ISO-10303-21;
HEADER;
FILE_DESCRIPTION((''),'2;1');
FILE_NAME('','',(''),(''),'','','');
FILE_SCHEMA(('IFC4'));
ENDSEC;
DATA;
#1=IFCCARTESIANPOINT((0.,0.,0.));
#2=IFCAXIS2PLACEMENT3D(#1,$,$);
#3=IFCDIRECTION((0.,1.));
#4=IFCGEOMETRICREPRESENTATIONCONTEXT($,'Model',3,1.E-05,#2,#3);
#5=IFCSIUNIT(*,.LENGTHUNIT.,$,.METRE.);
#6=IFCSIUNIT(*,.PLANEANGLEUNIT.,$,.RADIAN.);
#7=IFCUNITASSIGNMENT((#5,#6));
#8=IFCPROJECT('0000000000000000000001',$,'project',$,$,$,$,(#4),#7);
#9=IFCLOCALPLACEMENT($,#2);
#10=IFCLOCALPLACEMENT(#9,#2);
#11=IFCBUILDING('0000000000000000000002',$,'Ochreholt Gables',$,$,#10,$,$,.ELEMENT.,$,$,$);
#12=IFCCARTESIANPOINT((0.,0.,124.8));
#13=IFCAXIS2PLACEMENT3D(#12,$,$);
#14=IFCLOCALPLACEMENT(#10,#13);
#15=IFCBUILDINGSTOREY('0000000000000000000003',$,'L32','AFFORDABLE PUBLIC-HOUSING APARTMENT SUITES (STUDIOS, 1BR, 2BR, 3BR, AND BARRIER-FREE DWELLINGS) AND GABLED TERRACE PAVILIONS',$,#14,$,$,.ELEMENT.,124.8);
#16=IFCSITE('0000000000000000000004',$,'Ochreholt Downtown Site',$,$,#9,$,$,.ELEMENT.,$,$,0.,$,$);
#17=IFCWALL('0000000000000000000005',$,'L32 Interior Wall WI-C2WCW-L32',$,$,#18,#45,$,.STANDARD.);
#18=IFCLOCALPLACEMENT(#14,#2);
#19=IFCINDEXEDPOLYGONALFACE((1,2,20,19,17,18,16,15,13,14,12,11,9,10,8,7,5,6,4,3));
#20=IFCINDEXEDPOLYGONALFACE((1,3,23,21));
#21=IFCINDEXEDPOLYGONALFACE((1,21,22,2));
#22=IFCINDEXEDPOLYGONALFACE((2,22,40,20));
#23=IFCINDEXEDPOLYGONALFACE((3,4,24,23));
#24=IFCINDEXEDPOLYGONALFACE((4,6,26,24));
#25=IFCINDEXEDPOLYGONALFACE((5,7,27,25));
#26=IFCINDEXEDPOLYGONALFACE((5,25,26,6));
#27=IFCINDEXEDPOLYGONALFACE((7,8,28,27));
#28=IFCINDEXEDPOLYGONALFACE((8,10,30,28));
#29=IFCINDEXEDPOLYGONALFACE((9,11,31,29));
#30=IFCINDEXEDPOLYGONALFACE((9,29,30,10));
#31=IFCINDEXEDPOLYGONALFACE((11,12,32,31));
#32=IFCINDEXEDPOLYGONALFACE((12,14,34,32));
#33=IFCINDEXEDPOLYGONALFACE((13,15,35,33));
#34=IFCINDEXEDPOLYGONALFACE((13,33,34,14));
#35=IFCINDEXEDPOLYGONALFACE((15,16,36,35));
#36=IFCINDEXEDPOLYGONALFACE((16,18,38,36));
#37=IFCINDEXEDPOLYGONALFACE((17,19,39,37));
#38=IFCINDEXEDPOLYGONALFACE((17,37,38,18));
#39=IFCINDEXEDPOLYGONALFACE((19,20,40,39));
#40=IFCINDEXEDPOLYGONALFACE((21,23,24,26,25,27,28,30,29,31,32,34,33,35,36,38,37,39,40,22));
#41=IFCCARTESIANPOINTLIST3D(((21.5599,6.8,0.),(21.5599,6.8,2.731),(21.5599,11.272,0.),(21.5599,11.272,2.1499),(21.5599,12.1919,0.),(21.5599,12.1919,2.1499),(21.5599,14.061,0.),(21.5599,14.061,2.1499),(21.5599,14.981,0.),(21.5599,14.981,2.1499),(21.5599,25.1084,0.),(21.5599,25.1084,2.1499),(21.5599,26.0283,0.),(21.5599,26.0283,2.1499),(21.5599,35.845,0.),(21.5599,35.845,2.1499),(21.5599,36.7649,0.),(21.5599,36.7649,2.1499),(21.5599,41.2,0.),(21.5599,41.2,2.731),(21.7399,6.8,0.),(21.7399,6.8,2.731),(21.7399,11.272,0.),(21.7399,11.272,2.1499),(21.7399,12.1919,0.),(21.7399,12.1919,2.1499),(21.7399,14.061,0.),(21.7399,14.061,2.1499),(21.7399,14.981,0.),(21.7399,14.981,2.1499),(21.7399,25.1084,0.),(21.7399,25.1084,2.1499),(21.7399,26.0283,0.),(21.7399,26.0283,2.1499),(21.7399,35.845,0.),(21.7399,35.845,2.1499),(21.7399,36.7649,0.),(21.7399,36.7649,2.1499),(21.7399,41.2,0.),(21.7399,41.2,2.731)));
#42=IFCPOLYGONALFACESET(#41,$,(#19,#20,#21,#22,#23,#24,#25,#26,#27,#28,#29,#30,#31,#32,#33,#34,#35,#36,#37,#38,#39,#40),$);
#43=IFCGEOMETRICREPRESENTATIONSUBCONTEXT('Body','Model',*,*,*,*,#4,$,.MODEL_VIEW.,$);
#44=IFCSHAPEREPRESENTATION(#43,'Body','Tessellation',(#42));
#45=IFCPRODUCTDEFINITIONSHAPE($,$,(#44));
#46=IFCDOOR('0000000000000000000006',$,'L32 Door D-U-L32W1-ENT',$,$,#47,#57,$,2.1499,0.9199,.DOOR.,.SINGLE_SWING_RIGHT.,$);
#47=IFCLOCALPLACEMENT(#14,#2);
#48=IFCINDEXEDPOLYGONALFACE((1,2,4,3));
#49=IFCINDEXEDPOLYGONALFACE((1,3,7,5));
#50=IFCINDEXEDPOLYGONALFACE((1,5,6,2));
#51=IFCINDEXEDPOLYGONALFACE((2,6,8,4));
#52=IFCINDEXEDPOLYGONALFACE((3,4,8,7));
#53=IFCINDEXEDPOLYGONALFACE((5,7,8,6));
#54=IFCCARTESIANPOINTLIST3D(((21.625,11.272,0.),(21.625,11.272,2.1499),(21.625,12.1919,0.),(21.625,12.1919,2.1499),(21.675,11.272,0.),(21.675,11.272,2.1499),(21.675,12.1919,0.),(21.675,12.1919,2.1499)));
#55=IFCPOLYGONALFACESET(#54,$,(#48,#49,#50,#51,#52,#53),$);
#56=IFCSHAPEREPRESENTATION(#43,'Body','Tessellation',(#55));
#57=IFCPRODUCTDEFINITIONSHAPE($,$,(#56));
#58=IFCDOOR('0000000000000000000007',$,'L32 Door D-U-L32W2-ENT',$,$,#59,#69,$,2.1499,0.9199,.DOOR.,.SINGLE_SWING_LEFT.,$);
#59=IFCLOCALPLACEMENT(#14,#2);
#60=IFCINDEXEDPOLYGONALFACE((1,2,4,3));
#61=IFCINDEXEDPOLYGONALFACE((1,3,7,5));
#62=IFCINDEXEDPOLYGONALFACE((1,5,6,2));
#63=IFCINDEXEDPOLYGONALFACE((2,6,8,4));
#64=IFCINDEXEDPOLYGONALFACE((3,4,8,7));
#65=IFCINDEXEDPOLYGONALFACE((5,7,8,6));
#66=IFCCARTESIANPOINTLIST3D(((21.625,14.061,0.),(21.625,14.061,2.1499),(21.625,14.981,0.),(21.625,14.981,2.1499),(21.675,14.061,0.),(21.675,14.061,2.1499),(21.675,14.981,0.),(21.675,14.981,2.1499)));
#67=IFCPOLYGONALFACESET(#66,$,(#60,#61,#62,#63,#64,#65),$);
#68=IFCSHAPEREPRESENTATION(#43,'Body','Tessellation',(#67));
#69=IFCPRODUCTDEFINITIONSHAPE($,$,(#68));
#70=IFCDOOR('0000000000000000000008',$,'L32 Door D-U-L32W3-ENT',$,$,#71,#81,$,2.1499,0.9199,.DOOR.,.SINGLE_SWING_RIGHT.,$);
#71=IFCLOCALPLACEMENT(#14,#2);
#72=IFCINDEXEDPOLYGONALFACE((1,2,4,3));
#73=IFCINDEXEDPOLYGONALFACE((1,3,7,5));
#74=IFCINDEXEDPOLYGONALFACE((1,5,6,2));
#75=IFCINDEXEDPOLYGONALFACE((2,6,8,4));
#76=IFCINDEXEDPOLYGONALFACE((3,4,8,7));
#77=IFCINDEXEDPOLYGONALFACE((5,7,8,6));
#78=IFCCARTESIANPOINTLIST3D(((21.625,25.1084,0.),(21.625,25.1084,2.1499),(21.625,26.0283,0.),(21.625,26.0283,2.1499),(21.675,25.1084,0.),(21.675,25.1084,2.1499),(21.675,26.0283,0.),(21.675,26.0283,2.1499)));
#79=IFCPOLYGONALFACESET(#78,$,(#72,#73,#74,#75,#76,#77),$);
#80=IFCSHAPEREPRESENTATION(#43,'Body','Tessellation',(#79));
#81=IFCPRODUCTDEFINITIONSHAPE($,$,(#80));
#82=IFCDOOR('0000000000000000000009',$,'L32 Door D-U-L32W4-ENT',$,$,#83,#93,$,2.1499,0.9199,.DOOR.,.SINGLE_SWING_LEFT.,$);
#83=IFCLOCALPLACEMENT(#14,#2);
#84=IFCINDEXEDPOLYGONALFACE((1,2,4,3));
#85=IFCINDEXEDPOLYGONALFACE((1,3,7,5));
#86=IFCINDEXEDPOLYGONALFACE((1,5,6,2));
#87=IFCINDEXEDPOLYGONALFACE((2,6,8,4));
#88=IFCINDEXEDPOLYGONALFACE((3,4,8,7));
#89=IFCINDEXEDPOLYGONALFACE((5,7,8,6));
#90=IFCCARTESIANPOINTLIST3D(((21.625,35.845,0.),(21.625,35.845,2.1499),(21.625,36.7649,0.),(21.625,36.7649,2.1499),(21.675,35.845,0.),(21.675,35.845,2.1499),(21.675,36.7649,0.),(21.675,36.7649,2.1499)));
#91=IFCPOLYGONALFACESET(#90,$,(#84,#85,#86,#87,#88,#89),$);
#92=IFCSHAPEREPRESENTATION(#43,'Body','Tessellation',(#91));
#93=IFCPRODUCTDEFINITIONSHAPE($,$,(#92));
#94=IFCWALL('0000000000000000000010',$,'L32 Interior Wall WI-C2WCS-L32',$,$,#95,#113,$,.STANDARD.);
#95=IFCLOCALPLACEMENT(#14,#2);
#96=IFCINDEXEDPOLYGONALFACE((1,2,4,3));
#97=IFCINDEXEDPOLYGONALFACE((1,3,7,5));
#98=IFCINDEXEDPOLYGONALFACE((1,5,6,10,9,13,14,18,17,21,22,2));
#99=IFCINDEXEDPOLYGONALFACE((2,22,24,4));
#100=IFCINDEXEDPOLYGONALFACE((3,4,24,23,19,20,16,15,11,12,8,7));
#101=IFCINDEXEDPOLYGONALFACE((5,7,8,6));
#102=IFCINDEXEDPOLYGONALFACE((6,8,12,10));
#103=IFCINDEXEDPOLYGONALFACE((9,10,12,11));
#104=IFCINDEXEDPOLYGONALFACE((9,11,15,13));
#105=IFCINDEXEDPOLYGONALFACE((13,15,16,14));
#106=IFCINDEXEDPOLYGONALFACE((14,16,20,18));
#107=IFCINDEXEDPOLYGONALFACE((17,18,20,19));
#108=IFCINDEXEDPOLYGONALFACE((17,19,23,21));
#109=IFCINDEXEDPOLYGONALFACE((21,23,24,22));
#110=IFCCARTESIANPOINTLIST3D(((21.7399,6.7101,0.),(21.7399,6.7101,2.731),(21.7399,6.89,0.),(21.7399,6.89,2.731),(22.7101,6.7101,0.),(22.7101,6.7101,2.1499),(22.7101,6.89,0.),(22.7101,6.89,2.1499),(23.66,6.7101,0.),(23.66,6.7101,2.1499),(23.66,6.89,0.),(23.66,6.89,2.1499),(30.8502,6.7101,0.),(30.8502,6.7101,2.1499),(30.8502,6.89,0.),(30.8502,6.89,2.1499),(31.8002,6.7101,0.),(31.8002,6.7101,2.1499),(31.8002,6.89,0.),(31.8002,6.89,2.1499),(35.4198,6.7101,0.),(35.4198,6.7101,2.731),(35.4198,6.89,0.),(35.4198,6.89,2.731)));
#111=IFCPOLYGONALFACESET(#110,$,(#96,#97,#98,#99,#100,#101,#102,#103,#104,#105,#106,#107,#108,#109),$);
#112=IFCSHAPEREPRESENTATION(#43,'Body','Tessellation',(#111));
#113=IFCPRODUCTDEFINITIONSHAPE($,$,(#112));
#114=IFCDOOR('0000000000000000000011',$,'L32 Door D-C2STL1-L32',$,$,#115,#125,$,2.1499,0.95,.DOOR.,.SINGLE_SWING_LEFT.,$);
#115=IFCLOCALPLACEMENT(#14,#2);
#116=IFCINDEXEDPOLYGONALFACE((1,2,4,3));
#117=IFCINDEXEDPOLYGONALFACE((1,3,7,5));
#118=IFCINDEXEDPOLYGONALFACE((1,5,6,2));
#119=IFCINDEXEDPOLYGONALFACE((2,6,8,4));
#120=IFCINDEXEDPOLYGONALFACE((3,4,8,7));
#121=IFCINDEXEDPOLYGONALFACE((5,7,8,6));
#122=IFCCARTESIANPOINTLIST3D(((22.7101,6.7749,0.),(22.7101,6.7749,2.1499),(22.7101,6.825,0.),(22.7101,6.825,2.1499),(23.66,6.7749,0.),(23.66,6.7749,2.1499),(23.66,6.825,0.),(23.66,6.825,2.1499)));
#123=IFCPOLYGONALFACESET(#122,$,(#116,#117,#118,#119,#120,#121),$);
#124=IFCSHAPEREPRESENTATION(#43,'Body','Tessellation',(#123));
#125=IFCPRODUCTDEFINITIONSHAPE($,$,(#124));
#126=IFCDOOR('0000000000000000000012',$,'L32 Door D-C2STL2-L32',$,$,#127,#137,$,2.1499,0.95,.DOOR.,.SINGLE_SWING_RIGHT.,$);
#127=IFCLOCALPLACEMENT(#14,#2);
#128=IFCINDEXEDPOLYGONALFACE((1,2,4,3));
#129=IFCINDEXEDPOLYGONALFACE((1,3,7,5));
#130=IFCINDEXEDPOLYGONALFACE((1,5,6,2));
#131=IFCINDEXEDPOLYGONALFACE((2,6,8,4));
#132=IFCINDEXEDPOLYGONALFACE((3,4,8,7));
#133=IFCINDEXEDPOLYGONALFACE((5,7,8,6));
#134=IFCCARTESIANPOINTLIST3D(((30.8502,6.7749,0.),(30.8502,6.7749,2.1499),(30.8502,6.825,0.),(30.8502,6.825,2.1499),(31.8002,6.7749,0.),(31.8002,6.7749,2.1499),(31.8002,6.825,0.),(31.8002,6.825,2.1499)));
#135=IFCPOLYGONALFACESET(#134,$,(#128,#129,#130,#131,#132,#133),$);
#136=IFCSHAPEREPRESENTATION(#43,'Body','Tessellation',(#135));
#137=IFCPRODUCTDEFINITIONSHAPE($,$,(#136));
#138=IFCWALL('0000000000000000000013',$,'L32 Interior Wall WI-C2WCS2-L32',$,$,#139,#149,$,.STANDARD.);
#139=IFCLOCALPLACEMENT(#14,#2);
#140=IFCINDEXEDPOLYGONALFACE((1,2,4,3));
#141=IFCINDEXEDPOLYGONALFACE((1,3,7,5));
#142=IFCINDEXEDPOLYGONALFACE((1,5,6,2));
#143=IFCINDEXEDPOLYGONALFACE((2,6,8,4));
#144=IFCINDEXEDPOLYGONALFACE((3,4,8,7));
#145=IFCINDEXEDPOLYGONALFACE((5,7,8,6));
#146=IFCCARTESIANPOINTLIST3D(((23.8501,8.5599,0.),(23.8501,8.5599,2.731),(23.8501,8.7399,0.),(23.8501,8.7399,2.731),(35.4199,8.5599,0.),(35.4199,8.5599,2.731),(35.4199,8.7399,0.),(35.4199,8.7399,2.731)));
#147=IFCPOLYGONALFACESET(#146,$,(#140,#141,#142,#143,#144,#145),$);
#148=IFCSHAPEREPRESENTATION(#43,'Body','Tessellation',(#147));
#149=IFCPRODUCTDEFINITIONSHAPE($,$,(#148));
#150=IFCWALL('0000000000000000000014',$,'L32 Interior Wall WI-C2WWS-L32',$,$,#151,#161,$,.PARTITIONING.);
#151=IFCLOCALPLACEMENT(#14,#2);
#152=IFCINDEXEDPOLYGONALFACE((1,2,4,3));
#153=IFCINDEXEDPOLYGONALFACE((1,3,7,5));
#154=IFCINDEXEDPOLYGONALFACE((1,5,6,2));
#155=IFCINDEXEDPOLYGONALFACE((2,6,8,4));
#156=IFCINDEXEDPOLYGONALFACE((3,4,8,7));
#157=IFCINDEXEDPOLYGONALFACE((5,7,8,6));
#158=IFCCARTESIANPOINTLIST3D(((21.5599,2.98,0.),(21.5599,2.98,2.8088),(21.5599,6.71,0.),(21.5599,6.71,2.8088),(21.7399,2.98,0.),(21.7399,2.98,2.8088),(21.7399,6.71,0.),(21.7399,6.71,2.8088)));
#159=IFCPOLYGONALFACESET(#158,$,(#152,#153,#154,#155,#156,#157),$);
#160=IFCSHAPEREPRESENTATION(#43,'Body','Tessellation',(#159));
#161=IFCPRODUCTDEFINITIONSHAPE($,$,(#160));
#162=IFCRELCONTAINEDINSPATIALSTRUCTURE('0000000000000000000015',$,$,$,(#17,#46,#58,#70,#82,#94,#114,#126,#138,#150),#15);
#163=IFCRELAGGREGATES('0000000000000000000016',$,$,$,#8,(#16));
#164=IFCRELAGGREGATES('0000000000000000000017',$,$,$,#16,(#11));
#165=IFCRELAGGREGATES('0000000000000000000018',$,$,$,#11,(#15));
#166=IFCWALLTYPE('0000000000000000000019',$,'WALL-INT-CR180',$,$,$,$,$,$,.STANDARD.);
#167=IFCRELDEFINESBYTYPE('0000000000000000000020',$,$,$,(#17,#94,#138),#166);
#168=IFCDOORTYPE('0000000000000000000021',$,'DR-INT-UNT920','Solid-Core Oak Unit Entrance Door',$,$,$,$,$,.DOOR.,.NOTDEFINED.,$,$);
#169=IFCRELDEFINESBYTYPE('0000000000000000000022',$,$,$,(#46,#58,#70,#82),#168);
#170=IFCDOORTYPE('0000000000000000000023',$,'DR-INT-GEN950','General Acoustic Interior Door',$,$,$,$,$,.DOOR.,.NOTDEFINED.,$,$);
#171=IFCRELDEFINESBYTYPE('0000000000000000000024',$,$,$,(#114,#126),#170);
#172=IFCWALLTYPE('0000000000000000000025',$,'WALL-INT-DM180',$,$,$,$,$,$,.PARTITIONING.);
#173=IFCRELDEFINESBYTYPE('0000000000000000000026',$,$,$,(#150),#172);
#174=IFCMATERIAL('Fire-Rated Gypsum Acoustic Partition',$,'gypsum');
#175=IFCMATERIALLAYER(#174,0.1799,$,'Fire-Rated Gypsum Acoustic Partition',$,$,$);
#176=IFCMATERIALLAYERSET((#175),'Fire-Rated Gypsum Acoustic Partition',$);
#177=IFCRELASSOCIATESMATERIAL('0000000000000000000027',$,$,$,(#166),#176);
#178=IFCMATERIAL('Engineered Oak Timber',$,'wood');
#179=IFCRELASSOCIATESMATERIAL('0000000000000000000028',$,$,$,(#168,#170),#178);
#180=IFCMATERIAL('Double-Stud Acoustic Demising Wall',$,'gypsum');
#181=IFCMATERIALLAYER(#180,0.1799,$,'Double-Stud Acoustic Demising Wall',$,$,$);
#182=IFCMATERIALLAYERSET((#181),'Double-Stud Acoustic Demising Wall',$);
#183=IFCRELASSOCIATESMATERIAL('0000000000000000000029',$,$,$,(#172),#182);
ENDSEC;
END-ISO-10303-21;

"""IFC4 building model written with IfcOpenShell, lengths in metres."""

from ifc_helpers import new_model, si_unit, direction, frame, frame_2d, origin, place, context, subcontext, project, spatial, rectangle, extrude, material, layer, layer_set, type_object, element, fill, save


model = new_model("IFC4")

# Units and contexts
model_context = context("Model", 3, precision=1e-05, world=origin(), true_north=direction((0.0, 1.0)))
body_context = subcontext(model_context, "Body", "Model", "MODEL_VIEW")
ifc_project = project(units=[si_unit("LENGTHUNIT", "METRE"), si_unit("PLANEANGLEUNIT", "RADIAN")], contexts=[model_context])

# Site, building, storey
site_placement = place(None, origin())
site = spatial("IfcSite", under=ifc_project, at=site_placement, Name="Ochreholt Downtown Site", CompositionType="ELEMENT", RefElevation=0.0)
building_placement = place(site_placement, origin())
building = spatial("IfcBuilding", under=site, at=building_placement, Name="Ochreholt Gables", CompositionType="ELEMENT")
storey_placement = place(building_placement, frame((0.0, 0.0, 124.8)))
storey = spatial("IfcBuildingStorey", under=building, at=storey_placement, Name="L32", Description="AFFORDABLE PUBLIC-HOUSING APARTMENT SUITES (STUDIOS, 1BR, 2BR, 3BR, AND BARRIER-FREE DWELLINGS) AND GABLED TERRACE PAVILIONS", CompositionType="ELEMENT", Elevation=124.8)

# Walls, openings, doors
ifc_material_1 = material(Name="Fire-Rated Gypsum Acoustic Partition", Category="gypsum")
ifc_layer_1 = layer(ifc_material_1, 0.1799, Name="Fire-Rated Gypsum Acoustic Partition")
ifc_layer_set_1 = layer_set([ifc_layer_1], Name="Fire-Rated Gypsum Acoustic Partition")
wall_type_1 = type_object("IfcWallType", Name="WALL-INT-CR180", PredefinedType="STANDARD", material=ifc_layer_set_1)
wall_1_placement = place(storey_placement, frame((21.6499, 6.8, 0.0), z_axis=(0.0, 0.0, 1.0), x_axis=(0.0, 1.0, 0.0)))
wall_1 = element("IfcWall", 1, at=wall_1_placement, inside=storey, type_object=wall_type_1, Name="L32 Interior Wall WI-C2WCW-L32", PredefinedType="STANDARD", context=body_context, shape_type="SweptSolid", body=[
    extrude(rectangle(XDim=34.3999, YDim=0.1799, at=frame_2d((17.2, 0.0))), origin(), (0.0, 0.0, 1.0), 2.731),
])
opening_1_placement = place(wall_1_placement, frame((4.4719, 0.0, 0.0)))
opening_1 = element("IfcOpeningElement", 2, at=opening_1_placement, cuts=wall_1, PredefinedType="OPENING", context=body_context, shape_type="SweptSolid", body=[
    extrude(rectangle(XDim=0.9199, YDim=2.1499, at=frame_2d((0.46, 1.075))), frame((0.0, 0.0999, 0.0), z_axis=(0.0, -1.0, 0.0), x_axis=(1.0, 0.0, 0.0)), (0.0, 0.0, 1.0), 0.2),
])
opening_2_placement = place(wall_1_placement, frame((7.261, 0.0, 0.0)))
opening_2 = element("IfcOpeningElement", 3, at=opening_2_placement, cuts=wall_1, PredefinedType="OPENING", context=body_context, shape_type="SweptSolid", body=[
    extrude(rectangle(XDim=0.9199, YDim=2.1499, at=frame_2d((0.46, 1.075))), frame((0.0, 0.0999, 0.0), z_axis=(0.0, -1.0, 0.0), x_axis=(1.0, 0.0, 0.0)), (0.0, 0.0, 1.0), 0.2),
])
opening_3_placement = place(wall_1_placement, frame((18.3083, 0.0, 0.0)))
opening_3 = element("IfcOpeningElement", 4, at=opening_3_placement, cuts=wall_1, PredefinedType="OPENING", context=body_context, shape_type="SweptSolid", body=[
    extrude(rectangle(XDim=0.9199, YDim=2.1499, at=frame_2d((0.46, 1.075))), frame((0.0, 0.0999, 0.0), z_axis=(0.0, -1.0, 0.0), x_axis=(1.0, 0.0, 0.0)), (0.0, 0.0, 1.0), 0.2),
])
opening_4_placement = place(wall_1_placement, frame((29.0449, 0.0, 0.0)))
opening_4 = element("IfcOpeningElement", 5, at=opening_4_placement, cuts=wall_1, PredefinedType="OPENING", context=body_context, shape_type="SweptSolid", body=[
    extrude(rectangle(XDim=0.9199, YDim=2.1499, at=frame_2d((0.46, 1.075))), frame((0.0, 0.0999, 0.0), z_axis=(0.0, -1.0, 0.0), x_axis=(1.0, 0.0, 0.0)), (0.0, 0.0, 1.0), 0.2),
])
ifc_material_2 = material(Name="Engineered Oak Timber", Category="wood")
door_type_1 = type_object("IfcDoorType", Name="DR-INT-UNT920", Description="Solid-Core Oak Unit Entrance Door", OperationType="NOTDEFINED", PredefinedType="DOOR", material=ifc_material_2)
door_1_placement = place(opening_1_placement, origin())
door_1 = element("IfcDoor", 6, at=door_1_placement, inside=storey, type_object=door_type_1, Name="L32 Door D-U-L32W1-ENT", OperationType="SINGLE_SWING_RIGHT", OverallHeight=2.1499, OverallWidth=0.9199, PredefinedType="DOOR", context=body_context, shape_type="SweptSolid", body=[
    extrude(rectangle(XDim=0.9199, YDim=2.1499, at=frame_2d((0.46, 1.075))), frame((0.0, 0.0249, 0.0), z_axis=(0.0, -1.0, 0.0), x_axis=(1.0, 0.0, 0.0)), (0.0, 0.0, 1.0), 0.05),
])
fill(opening_1, door_1)
door_2_placement = place(opening_2_placement, origin())
door_2 = element("IfcDoor", 7, at=door_2_placement, inside=storey, type_object=door_type_1, Name="L32 Door D-U-L32W2-ENT", OperationType="SINGLE_SWING_LEFT", OverallHeight=2.1499, OverallWidth=0.9199, PredefinedType="DOOR", context=body_context, shape_type="SweptSolid", body=[
    extrude(rectangle(XDim=0.9199, YDim=2.1499, at=frame_2d((0.46, 1.075))), frame((0.0, 0.0249, 0.0), z_axis=(0.0, -1.0, 0.0), x_axis=(1.0, 0.0, 0.0)), (0.0, 0.0, 1.0), 0.05),
])
fill(opening_2, door_2)
door_3_placement = place(opening_3_placement, origin())
door_3 = element("IfcDoor", 8, at=door_3_placement, inside=storey, type_object=door_type_1, Name="L32 Door D-U-L32W3-ENT", OperationType="SINGLE_SWING_RIGHT", OverallHeight=2.1499, OverallWidth=0.9199, PredefinedType="DOOR", context=body_context, shape_type="SweptSolid", body=[
    extrude(rectangle(XDim=0.9199, YDim=2.1499, at=frame_2d((0.46, 1.075))), frame((0.0, 0.0249, 0.0), z_axis=(0.0, -1.0, 0.0), x_axis=(1.0, 0.0, 0.0)), (0.0, 0.0, 1.0), 0.05),
])
fill(opening_3, door_3)
door_4_placement = place(opening_4_placement, origin())
door_4 = element("IfcDoor", 9, at=door_4_placement, inside=storey, type_object=door_type_1, Name="L32 Door D-U-L32W4-ENT", OperationType="SINGLE_SWING_LEFT", OverallHeight=2.1499, OverallWidth=0.9199, PredefinedType="DOOR", context=body_context, shape_type="SweptSolid", body=[
    extrude(rectangle(XDim=0.9199, YDim=2.1499, at=frame_2d((0.46, 1.075))), frame((0.0, 0.0249, 0.0), z_axis=(0.0, -1.0, 0.0), x_axis=(1.0, 0.0, 0.0)), (0.0, 0.0, 1.0), 0.05),
])
fill(opening_4, door_4)
wall_2_placement = place(storey_placement, frame((21.74, 6.8, 0.0), z_axis=(0.0, 0.0, 1.0), x_axis=(1.0, 0.0, 0.0)))
wall_2 = element("IfcWall", 10, at=wall_2_placement, inside=storey, type_object=wall_type_1, Name="L32 Interior Wall WI-C2WCS-L32", PredefinedType="STANDARD", context=body_context, shape_type="SweptSolid", body=[
    extrude(rectangle(XDim=13.6799, YDim=0.1799, at=frame_2d((6.8398, 0.0))), origin(), (0.0, 0.0, 1.0), 2.731),
])
opening_5_placement = place(wall_2_placement, frame((0.97, 0.0, 0.0)))
opening_5 = element("IfcOpeningElement", 11, at=opening_5_placement, cuts=wall_2, PredefinedType="OPENING", context=body_context, shape_type="SweptSolid", body=[
    extrude(rectangle(XDim=0.95, YDim=2.1499, at=frame_2d((0.4751, 1.075))), frame((0.0, 0.0999, 0.0), z_axis=(0.0, -1.0, 0.0), x_axis=(1.0, 0.0, 0.0)), (0.0, 0.0, 1.0), 0.2),
])
opening_6_placement = place(wall_2_placement, frame((9.1101, 0.0, 0.0)))
opening_6 = element("IfcOpeningElement", 12, at=opening_6_placement, cuts=wall_2, PredefinedType="OPENING", context=body_context, shape_type="SweptSolid", body=[
    extrude(rectangle(XDim=0.95, YDim=2.1499, at=frame_2d((0.4751, 1.075))), frame((0.0, 0.0999, 0.0), z_axis=(0.0, -1.0, 0.0), x_axis=(1.0, 0.0, 0.0)), (0.0, 0.0, 1.0), 0.2),
])
door_type_2 = type_object("IfcDoorType", Name="DR-INT-GEN950", Description="General Acoustic Interior Door", OperationType="NOTDEFINED", PredefinedType="DOOR", material=ifc_material_2)
door_5_placement = place(opening_5_placement, origin())
door_5 = element("IfcDoor", 13, at=door_5_placement, inside=storey, type_object=door_type_2, Name="L32 Door D-C2STL1-L32", OperationType="SINGLE_SWING_LEFT", OverallHeight=2.1499, OverallWidth=0.95, PredefinedType="DOOR", context=body_context, shape_type="SweptSolid", body=[
    extrude(rectangle(XDim=0.95, YDim=2.1499, at=frame_2d((0.4751, 1.075))), frame((0.0, 0.0249, 0.0), z_axis=(0.0, -1.0, 0.0), x_axis=(1.0, 0.0, 0.0)), (0.0, 0.0, 1.0), 0.05),
])
fill(opening_5, door_5)
door_6_placement = place(opening_6_placement, origin())
door_6 = element("IfcDoor", 14, at=door_6_placement, inside=storey, type_object=door_type_2, Name="L32 Door D-C2STL2-L32", OperationType="SINGLE_SWING_RIGHT", OverallHeight=2.1499, OverallWidth=0.95, PredefinedType="DOOR", context=body_context, shape_type="SweptSolid", body=[
    extrude(rectangle(XDim=0.95, YDim=2.1499, at=frame_2d((0.4751, 1.075))), frame((0.0, 0.0249, 0.0), z_axis=(0.0, -1.0, 0.0), x_axis=(1.0, 0.0, 0.0)), (0.0, 0.0, 1.0), 0.05),
])
fill(opening_6, door_6)

# Walls
wall_3_placement = place(storey_placement, frame((23.8501, 8.6499, 0.0), z_axis=(0.0, 0.0, 1.0), x_axis=(1.0, 0.0, 0.0)))
element("IfcWall", 15, at=wall_3_placement, inside=storey, type_object=wall_type_1, Name="L32 Interior Wall WI-C2WCS2-L32", PredefinedType="STANDARD", context=body_context, shape_type="SweptSolid", body=[
    extrude(rectangle(XDim=11.5698, YDim=0.1799, at=frame_2d((5.7849, 0.0))), origin(), (0.0, 0.0, 1.0), 2.731),
])
ifc_material_3 = material(Name="Double-Stud Acoustic Demising Wall", Category="gypsum")
ifc_layer_2 = layer(ifc_material_3, 0.1799, Name="Double-Stud Acoustic Demising Wall")
ifc_layer_set_2 = layer_set([ifc_layer_2], Name="Double-Stud Acoustic Demising Wall")
wall_type_2 = type_object("IfcWallType", Name="WALL-INT-DM180", PredefinedType="PARTITIONING", material=ifc_layer_set_2)
wall_4_placement = place(storey_placement, frame((21.6499, 2.98, 0.0), z_axis=(0.0, 0.0, 1.0), x_axis=(0.0, 1.0, 0.0)))
element("IfcWall", 16, at=wall_4_placement, inside=storey, type_object=wall_type_2, Name="L32 Interior Wall WI-C2WWS-L32", PredefinedType="PARTITIONING", context=body_context, shape_type="SweptSolid", body=[
    extrude(rectangle(XDim=3.73, YDim=0.1799, at=frame_2d((1.865, 0.0))), origin(), (0.0, 0.0, 1.0), 2.8088),
])

save(model, "model.ifc")
